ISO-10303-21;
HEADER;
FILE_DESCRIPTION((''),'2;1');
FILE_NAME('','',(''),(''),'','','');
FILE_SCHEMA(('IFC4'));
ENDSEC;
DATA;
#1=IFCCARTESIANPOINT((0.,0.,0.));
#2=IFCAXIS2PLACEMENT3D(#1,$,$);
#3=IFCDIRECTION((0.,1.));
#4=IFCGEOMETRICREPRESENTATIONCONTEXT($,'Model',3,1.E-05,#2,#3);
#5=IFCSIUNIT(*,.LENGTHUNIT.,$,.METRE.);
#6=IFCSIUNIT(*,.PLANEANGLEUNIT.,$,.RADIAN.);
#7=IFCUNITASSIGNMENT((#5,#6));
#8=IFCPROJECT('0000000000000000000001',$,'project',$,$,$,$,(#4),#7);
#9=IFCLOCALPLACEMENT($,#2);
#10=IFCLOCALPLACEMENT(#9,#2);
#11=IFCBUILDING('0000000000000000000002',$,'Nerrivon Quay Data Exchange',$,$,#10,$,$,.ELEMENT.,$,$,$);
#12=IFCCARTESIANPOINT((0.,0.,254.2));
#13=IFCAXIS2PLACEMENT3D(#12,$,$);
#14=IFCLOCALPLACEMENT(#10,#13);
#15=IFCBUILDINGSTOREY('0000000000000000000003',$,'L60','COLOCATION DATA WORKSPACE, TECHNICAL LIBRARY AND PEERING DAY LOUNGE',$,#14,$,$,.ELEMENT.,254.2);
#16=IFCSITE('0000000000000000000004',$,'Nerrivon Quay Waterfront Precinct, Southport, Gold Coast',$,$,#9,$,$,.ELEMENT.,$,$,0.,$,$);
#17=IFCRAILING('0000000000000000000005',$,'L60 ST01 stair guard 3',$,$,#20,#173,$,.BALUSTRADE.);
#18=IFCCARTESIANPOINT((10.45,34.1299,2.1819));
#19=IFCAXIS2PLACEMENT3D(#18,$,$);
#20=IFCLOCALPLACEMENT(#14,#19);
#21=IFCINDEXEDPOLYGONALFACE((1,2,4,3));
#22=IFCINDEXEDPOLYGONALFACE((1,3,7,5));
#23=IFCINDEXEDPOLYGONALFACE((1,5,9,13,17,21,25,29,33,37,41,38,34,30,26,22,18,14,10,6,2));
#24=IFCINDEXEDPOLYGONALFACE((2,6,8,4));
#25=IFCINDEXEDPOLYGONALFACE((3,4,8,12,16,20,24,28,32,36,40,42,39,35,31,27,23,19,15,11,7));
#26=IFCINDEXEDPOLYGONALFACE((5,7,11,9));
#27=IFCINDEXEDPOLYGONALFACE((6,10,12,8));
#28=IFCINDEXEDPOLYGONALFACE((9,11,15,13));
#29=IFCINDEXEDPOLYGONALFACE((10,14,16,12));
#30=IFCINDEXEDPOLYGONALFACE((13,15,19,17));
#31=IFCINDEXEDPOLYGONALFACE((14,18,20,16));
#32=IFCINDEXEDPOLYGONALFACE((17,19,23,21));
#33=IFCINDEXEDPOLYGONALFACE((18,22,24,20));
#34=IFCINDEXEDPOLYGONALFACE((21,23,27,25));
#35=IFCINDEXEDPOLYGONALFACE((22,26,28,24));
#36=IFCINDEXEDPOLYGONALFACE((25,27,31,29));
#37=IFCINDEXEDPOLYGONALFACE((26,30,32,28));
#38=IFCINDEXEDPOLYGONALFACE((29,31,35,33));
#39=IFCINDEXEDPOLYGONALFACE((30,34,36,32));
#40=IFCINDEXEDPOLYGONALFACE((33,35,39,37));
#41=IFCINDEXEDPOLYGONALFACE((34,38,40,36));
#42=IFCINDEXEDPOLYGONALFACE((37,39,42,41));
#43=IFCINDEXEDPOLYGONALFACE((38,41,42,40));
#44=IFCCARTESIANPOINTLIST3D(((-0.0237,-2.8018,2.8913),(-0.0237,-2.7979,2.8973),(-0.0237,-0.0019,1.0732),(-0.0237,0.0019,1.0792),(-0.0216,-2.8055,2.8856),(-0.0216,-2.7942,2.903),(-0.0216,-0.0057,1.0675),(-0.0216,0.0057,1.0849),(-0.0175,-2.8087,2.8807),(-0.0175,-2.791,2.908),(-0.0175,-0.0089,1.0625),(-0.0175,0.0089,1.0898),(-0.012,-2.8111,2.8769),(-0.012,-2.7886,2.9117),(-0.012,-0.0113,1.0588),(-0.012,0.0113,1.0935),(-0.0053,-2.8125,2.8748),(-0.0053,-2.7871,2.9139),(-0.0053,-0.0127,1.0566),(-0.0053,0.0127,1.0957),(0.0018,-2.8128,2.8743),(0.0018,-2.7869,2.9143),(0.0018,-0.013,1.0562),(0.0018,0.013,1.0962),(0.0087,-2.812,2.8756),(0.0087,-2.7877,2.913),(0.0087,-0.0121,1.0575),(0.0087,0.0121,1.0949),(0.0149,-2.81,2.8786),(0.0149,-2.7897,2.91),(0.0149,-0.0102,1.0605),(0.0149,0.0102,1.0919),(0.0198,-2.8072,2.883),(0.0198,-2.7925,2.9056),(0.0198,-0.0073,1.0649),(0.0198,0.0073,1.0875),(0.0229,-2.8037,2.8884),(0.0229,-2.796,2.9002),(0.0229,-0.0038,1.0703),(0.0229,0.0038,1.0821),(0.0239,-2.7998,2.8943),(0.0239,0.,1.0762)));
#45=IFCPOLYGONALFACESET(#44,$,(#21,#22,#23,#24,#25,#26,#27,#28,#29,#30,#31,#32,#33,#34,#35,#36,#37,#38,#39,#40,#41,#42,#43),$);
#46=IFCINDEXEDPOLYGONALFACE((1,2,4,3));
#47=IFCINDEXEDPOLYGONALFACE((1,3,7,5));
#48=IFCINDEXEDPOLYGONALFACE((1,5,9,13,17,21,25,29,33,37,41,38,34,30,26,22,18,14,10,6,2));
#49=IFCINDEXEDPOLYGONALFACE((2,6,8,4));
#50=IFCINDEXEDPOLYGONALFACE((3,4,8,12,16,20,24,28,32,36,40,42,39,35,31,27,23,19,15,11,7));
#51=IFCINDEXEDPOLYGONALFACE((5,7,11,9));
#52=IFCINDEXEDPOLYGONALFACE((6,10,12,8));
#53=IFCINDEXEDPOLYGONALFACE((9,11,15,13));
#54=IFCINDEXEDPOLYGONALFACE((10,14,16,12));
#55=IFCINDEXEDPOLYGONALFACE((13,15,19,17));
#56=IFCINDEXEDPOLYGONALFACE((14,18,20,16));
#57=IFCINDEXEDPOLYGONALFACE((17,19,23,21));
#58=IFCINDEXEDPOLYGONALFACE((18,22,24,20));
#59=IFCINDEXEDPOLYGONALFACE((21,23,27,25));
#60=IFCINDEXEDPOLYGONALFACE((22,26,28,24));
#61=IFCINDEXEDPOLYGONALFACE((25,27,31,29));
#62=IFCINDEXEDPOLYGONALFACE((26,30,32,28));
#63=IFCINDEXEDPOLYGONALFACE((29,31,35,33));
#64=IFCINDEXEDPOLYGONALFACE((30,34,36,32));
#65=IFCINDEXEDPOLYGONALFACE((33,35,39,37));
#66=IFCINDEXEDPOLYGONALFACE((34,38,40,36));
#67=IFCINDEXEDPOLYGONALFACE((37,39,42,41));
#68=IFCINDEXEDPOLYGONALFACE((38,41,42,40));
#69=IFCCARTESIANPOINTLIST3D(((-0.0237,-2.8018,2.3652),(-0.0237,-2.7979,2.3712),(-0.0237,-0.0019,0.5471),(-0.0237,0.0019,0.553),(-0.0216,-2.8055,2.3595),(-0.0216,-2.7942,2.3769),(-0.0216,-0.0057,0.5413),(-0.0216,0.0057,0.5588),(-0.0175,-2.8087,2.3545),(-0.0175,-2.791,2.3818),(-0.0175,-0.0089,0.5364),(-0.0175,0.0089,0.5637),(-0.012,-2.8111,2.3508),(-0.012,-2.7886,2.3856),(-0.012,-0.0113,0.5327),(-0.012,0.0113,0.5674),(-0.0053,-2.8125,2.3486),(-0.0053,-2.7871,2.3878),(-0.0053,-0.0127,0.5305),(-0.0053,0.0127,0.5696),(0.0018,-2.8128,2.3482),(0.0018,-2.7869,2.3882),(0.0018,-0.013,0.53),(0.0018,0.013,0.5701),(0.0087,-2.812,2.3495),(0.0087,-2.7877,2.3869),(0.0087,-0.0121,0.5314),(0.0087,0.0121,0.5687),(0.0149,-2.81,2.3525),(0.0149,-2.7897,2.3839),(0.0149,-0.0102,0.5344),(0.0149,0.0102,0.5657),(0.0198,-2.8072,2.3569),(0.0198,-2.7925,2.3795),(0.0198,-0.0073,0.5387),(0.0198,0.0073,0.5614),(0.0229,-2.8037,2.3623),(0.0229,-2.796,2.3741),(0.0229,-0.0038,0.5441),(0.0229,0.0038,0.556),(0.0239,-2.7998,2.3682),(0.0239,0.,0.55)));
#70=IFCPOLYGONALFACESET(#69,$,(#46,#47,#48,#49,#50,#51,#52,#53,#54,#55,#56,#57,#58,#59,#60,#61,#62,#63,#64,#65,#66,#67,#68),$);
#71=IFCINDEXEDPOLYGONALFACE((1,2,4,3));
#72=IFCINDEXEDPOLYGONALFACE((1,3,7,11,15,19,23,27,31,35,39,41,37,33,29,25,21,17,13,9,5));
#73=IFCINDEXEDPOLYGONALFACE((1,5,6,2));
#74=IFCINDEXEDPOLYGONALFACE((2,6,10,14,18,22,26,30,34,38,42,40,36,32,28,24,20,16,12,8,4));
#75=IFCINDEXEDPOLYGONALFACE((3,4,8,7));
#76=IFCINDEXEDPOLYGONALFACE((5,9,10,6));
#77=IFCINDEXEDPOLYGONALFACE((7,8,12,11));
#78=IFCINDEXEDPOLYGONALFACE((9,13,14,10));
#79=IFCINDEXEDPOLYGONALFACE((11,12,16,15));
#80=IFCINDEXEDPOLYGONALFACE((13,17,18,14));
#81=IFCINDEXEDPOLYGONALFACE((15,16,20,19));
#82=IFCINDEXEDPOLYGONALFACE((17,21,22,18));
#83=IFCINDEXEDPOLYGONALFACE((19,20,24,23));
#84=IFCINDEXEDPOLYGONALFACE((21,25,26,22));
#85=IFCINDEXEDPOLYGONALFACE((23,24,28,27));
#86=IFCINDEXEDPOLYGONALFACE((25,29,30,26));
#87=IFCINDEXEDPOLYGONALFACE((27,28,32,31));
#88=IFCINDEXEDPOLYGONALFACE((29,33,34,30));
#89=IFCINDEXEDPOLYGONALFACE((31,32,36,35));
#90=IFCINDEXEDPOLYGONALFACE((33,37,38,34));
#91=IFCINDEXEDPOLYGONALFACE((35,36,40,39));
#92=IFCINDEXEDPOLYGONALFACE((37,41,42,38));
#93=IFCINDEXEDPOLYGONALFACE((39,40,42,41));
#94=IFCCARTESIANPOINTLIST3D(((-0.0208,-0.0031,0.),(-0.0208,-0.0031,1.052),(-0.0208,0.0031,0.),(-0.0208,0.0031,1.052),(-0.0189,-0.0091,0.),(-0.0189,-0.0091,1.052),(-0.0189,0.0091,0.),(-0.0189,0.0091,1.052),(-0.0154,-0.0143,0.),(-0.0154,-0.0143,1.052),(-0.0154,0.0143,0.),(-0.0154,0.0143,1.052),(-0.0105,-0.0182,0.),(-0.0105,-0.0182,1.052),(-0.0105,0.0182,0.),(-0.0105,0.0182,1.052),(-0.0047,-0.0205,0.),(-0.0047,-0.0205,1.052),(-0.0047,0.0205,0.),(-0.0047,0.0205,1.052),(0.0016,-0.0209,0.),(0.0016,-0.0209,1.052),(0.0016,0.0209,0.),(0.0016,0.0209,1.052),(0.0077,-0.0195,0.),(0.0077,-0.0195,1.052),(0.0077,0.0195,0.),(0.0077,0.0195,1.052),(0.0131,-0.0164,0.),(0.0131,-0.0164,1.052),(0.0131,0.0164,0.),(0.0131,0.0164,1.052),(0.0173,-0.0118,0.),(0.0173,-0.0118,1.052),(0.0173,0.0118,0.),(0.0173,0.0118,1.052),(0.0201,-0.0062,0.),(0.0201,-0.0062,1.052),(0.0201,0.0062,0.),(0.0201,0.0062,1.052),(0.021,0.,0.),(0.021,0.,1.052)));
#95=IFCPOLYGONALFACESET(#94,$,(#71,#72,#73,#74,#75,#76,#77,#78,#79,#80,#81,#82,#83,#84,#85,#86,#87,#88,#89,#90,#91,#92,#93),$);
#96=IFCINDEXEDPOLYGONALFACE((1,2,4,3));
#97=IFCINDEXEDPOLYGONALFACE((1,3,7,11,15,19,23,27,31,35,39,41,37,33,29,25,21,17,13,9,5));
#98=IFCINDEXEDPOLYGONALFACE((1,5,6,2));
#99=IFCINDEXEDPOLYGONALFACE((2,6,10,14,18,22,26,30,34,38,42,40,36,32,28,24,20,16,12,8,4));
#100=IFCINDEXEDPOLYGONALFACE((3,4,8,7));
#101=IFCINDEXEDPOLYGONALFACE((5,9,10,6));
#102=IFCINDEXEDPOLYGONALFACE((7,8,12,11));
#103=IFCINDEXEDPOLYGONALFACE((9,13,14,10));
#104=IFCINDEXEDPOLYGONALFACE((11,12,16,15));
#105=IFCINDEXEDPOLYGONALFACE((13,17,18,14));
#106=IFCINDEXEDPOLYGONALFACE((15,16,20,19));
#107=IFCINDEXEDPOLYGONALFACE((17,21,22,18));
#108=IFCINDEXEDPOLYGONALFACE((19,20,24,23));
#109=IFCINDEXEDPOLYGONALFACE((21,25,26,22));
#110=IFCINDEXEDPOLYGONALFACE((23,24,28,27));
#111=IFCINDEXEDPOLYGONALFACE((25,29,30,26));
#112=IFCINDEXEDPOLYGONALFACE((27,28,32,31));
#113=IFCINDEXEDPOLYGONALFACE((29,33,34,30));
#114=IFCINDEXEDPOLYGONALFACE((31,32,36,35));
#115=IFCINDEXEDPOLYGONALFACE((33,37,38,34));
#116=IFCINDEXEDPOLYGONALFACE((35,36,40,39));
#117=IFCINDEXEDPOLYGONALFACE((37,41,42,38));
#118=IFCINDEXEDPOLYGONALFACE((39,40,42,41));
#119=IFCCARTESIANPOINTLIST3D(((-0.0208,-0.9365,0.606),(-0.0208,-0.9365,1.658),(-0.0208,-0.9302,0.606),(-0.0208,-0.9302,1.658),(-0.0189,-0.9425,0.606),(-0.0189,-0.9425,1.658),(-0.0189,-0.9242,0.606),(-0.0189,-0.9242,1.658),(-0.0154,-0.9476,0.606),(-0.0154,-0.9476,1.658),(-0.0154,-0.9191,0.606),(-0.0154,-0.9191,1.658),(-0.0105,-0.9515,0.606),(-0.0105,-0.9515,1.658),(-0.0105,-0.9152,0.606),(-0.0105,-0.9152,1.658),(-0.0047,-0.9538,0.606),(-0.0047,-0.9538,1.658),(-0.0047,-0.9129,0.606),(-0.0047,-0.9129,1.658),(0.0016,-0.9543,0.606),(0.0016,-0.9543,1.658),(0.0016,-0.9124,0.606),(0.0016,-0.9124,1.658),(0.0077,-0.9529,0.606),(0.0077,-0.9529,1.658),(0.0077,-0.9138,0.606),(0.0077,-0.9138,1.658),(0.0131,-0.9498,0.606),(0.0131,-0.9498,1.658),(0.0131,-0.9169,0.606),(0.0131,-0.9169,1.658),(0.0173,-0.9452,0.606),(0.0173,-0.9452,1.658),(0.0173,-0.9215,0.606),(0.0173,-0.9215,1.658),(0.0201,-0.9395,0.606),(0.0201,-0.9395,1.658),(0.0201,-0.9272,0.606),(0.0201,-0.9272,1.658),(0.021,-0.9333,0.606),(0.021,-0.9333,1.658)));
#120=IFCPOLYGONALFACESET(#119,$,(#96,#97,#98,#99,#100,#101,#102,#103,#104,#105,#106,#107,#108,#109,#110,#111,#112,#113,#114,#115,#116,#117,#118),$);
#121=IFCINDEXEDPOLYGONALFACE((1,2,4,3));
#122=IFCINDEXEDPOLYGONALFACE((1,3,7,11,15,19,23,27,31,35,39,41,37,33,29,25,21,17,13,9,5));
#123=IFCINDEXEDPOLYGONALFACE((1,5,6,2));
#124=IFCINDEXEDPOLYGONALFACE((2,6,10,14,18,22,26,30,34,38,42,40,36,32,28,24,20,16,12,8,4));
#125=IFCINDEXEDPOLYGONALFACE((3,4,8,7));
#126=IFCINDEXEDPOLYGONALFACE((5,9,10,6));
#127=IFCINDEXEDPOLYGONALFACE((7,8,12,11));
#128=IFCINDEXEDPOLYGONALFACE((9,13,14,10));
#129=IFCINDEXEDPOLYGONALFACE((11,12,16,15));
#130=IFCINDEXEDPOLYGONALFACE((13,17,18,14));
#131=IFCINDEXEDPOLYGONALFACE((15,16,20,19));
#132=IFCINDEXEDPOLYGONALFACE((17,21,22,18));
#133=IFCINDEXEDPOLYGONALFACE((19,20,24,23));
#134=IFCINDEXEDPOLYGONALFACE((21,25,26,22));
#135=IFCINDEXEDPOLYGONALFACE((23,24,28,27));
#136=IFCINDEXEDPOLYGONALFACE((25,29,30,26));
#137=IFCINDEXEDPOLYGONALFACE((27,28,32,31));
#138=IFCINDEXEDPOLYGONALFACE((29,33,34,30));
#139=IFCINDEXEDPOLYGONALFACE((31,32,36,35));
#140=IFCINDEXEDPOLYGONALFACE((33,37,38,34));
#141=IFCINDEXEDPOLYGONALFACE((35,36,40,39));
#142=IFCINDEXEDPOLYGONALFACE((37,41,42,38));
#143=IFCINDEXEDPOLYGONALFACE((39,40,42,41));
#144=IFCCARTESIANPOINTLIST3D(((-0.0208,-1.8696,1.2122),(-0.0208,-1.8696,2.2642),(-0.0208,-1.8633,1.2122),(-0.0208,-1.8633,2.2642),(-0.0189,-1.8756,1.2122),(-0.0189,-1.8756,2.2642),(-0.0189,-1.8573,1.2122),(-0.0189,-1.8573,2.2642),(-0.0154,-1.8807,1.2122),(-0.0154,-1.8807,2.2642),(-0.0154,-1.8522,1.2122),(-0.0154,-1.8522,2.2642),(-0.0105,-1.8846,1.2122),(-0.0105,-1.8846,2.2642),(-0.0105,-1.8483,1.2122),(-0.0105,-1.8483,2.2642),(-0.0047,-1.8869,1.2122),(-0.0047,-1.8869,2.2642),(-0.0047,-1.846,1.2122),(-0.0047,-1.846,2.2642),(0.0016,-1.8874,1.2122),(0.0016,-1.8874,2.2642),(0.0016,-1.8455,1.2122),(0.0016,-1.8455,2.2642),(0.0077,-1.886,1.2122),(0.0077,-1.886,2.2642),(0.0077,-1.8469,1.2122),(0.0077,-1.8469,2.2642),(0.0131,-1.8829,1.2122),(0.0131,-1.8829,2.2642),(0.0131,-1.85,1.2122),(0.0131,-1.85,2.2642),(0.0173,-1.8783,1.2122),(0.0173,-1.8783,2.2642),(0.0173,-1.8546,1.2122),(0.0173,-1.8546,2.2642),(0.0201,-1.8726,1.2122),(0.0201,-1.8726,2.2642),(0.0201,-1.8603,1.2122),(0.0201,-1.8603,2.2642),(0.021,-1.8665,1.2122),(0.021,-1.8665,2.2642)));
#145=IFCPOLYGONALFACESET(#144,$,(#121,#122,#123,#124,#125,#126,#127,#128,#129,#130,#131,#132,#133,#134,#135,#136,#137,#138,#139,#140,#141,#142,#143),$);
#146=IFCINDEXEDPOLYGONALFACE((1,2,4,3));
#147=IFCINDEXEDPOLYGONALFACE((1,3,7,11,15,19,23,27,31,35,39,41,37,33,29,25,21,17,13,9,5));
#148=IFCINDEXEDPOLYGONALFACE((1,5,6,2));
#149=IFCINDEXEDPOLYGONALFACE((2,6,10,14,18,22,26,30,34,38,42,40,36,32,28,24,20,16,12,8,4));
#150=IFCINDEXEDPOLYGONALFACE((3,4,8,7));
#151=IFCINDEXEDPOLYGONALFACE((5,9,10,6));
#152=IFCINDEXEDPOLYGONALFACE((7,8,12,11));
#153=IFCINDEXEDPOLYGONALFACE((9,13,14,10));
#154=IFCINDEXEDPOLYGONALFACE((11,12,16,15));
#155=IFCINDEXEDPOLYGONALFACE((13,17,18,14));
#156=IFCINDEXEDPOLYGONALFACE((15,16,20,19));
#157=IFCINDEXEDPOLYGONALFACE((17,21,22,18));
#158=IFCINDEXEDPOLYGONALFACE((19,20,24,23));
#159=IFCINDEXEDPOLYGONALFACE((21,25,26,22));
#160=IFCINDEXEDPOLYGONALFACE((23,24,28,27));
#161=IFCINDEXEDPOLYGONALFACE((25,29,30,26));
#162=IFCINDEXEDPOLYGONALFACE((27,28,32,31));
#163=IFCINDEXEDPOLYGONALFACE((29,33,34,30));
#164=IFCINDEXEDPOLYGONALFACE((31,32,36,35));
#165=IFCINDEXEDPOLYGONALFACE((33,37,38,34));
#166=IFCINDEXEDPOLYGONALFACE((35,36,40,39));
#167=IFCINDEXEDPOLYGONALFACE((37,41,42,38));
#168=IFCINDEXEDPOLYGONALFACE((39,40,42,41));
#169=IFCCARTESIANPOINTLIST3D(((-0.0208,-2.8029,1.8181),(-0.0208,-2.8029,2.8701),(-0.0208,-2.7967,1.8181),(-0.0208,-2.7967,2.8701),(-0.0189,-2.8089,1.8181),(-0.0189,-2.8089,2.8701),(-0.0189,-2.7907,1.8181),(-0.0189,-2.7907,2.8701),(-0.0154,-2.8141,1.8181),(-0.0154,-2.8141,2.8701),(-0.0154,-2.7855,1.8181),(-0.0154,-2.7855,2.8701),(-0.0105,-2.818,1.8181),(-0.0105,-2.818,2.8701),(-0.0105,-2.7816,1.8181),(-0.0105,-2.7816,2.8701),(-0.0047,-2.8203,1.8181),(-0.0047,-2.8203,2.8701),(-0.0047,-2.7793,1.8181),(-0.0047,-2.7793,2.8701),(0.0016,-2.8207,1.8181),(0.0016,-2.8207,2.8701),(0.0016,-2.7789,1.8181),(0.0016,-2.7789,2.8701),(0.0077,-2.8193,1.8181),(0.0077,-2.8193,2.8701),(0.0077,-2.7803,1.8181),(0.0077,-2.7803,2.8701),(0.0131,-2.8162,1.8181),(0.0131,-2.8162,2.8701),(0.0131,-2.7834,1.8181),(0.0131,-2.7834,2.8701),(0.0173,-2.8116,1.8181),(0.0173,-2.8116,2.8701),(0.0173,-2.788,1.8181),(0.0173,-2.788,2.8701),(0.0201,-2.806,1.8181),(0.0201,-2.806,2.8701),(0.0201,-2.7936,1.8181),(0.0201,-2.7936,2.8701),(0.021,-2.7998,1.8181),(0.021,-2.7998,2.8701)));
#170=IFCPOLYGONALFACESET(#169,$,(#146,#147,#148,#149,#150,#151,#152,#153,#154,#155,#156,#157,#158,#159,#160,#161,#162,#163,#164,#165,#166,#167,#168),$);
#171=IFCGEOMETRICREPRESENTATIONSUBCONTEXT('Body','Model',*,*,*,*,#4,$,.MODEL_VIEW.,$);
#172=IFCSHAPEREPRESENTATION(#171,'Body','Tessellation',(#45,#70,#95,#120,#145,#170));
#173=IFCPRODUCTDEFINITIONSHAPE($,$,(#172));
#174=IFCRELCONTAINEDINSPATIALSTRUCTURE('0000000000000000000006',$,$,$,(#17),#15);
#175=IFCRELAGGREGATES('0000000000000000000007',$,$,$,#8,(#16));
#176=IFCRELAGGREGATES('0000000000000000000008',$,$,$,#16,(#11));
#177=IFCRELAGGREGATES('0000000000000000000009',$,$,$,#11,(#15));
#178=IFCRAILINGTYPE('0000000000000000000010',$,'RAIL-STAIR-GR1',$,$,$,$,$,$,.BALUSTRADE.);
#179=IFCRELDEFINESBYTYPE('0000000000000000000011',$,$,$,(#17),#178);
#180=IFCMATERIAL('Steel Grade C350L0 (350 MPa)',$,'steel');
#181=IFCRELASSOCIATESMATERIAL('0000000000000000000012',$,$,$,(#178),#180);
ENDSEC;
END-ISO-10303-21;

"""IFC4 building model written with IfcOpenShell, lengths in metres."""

from ifc_helpers import new_model, si_unit, direction, frame, origin, origin_2d, place, context, subcontext, project, spatial, circle, extrude, material, type_object, element, save


model = new_model("IFC4")

# Units and contexts
model_context = context("Model", 3, precision=1e-05, world=origin(), true_north=direction((0.0, 1.0)))
body_context = subcontext(model_context, "Body", "Model", "MODEL_VIEW")
ifc_project = project(units=[si_unit("LENGTHUNIT", "METRE"), si_unit("PLANEANGLEUNIT", "RADIAN")], contexts=[model_context])

# Site, building, storey
site_placement = place(None, origin())
site = spatial("IfcSite", under=ifc_project, at=site_placement, Name="Nerrivon Quay Waterfront Precinct, Southport, Gold Coast", CompositionType="ELEMENT", RefElevation=0.0)
building_placement = place(site_placement, origin())
building = spatial("IfcBuilding", under=site, at=building_placement, Name="Nerrivon Quay Data Exchange", CompositionType="ELEMENT")
storey_placement = place(building_placement, frame((0.0, 0.0, 254.2)))
storey = spatial("IfcBuildingStorey", under=building, at=storey_placement, Name="L60", Description="COLOCATION DATA WORKSPACE, TECHNICAL LIBRARY AND PEERING DAY LOUNGE", CompositionType="ELEMENT", Elevation=254.2)

# Shared definitions
ifc_material_1 = material(Name="Steel Grade C350L0 (350 MPa)", Category="steel")

# Railing
railing_type_1 = type_object("IfcRailingType", Name="RAIL-STAIR-GR1", PredefinedType="BALUSTRADE", material=ifc_material_1)
railing_1_placement = place(storey_placement, frame((10.45, 34.1299, 2.1819)))
element("IfcRailing", 1, at=railing_1_placement, inside=storey, type_object=railing_type_1, Name="L60 ST01 stair guard 3", PredefinedType="BALUSTRADE", context=body_context, shape_type="SweptSolid", body=[
    extrude(circle(Radius=0.0239, at=origin_2d()), frame((0.0, 0.0, 1.0762), z_axis=(0.0, -0.838684, 0.544618), x_axis=(1.0, 0.0, 0.0)), (0.0, 0.0, 1.0), 3.3384),
    extrude(circle(Radius=0.0239, at=origin_2d()), frame((0.0, 0.0, 0.55), z_axis=(0.0, -0.838684, 0.544618), x_axis=(1.0, 0.0, 0.0)), (0.0, 0.0, 1.0), 3.3384),
    extrude(circle(Radius=0.021, at=origin_2d()), origin(), (0.0, 0.0, 1.0), 1.052),
    extrude(circle(Radius=0.021, at=origin_2d()), frame((0.0, -0.9333, 0.606)), (0.0, 0.0, 1.0), 1.052),
    extrude(circle(Radius=0.021, at=origin_2d()), frame((0.0, -1.8665, 1.2122)), (0.0, 0.0, 1.0), 1.052),
    extrude(circle(Radius=0.021, at=origin_2d()), frame((0.0, -2.7998, 1.8181)), (0.0, 0.0, 1.0), 1.052),
])

save(model, "model.ifc")
